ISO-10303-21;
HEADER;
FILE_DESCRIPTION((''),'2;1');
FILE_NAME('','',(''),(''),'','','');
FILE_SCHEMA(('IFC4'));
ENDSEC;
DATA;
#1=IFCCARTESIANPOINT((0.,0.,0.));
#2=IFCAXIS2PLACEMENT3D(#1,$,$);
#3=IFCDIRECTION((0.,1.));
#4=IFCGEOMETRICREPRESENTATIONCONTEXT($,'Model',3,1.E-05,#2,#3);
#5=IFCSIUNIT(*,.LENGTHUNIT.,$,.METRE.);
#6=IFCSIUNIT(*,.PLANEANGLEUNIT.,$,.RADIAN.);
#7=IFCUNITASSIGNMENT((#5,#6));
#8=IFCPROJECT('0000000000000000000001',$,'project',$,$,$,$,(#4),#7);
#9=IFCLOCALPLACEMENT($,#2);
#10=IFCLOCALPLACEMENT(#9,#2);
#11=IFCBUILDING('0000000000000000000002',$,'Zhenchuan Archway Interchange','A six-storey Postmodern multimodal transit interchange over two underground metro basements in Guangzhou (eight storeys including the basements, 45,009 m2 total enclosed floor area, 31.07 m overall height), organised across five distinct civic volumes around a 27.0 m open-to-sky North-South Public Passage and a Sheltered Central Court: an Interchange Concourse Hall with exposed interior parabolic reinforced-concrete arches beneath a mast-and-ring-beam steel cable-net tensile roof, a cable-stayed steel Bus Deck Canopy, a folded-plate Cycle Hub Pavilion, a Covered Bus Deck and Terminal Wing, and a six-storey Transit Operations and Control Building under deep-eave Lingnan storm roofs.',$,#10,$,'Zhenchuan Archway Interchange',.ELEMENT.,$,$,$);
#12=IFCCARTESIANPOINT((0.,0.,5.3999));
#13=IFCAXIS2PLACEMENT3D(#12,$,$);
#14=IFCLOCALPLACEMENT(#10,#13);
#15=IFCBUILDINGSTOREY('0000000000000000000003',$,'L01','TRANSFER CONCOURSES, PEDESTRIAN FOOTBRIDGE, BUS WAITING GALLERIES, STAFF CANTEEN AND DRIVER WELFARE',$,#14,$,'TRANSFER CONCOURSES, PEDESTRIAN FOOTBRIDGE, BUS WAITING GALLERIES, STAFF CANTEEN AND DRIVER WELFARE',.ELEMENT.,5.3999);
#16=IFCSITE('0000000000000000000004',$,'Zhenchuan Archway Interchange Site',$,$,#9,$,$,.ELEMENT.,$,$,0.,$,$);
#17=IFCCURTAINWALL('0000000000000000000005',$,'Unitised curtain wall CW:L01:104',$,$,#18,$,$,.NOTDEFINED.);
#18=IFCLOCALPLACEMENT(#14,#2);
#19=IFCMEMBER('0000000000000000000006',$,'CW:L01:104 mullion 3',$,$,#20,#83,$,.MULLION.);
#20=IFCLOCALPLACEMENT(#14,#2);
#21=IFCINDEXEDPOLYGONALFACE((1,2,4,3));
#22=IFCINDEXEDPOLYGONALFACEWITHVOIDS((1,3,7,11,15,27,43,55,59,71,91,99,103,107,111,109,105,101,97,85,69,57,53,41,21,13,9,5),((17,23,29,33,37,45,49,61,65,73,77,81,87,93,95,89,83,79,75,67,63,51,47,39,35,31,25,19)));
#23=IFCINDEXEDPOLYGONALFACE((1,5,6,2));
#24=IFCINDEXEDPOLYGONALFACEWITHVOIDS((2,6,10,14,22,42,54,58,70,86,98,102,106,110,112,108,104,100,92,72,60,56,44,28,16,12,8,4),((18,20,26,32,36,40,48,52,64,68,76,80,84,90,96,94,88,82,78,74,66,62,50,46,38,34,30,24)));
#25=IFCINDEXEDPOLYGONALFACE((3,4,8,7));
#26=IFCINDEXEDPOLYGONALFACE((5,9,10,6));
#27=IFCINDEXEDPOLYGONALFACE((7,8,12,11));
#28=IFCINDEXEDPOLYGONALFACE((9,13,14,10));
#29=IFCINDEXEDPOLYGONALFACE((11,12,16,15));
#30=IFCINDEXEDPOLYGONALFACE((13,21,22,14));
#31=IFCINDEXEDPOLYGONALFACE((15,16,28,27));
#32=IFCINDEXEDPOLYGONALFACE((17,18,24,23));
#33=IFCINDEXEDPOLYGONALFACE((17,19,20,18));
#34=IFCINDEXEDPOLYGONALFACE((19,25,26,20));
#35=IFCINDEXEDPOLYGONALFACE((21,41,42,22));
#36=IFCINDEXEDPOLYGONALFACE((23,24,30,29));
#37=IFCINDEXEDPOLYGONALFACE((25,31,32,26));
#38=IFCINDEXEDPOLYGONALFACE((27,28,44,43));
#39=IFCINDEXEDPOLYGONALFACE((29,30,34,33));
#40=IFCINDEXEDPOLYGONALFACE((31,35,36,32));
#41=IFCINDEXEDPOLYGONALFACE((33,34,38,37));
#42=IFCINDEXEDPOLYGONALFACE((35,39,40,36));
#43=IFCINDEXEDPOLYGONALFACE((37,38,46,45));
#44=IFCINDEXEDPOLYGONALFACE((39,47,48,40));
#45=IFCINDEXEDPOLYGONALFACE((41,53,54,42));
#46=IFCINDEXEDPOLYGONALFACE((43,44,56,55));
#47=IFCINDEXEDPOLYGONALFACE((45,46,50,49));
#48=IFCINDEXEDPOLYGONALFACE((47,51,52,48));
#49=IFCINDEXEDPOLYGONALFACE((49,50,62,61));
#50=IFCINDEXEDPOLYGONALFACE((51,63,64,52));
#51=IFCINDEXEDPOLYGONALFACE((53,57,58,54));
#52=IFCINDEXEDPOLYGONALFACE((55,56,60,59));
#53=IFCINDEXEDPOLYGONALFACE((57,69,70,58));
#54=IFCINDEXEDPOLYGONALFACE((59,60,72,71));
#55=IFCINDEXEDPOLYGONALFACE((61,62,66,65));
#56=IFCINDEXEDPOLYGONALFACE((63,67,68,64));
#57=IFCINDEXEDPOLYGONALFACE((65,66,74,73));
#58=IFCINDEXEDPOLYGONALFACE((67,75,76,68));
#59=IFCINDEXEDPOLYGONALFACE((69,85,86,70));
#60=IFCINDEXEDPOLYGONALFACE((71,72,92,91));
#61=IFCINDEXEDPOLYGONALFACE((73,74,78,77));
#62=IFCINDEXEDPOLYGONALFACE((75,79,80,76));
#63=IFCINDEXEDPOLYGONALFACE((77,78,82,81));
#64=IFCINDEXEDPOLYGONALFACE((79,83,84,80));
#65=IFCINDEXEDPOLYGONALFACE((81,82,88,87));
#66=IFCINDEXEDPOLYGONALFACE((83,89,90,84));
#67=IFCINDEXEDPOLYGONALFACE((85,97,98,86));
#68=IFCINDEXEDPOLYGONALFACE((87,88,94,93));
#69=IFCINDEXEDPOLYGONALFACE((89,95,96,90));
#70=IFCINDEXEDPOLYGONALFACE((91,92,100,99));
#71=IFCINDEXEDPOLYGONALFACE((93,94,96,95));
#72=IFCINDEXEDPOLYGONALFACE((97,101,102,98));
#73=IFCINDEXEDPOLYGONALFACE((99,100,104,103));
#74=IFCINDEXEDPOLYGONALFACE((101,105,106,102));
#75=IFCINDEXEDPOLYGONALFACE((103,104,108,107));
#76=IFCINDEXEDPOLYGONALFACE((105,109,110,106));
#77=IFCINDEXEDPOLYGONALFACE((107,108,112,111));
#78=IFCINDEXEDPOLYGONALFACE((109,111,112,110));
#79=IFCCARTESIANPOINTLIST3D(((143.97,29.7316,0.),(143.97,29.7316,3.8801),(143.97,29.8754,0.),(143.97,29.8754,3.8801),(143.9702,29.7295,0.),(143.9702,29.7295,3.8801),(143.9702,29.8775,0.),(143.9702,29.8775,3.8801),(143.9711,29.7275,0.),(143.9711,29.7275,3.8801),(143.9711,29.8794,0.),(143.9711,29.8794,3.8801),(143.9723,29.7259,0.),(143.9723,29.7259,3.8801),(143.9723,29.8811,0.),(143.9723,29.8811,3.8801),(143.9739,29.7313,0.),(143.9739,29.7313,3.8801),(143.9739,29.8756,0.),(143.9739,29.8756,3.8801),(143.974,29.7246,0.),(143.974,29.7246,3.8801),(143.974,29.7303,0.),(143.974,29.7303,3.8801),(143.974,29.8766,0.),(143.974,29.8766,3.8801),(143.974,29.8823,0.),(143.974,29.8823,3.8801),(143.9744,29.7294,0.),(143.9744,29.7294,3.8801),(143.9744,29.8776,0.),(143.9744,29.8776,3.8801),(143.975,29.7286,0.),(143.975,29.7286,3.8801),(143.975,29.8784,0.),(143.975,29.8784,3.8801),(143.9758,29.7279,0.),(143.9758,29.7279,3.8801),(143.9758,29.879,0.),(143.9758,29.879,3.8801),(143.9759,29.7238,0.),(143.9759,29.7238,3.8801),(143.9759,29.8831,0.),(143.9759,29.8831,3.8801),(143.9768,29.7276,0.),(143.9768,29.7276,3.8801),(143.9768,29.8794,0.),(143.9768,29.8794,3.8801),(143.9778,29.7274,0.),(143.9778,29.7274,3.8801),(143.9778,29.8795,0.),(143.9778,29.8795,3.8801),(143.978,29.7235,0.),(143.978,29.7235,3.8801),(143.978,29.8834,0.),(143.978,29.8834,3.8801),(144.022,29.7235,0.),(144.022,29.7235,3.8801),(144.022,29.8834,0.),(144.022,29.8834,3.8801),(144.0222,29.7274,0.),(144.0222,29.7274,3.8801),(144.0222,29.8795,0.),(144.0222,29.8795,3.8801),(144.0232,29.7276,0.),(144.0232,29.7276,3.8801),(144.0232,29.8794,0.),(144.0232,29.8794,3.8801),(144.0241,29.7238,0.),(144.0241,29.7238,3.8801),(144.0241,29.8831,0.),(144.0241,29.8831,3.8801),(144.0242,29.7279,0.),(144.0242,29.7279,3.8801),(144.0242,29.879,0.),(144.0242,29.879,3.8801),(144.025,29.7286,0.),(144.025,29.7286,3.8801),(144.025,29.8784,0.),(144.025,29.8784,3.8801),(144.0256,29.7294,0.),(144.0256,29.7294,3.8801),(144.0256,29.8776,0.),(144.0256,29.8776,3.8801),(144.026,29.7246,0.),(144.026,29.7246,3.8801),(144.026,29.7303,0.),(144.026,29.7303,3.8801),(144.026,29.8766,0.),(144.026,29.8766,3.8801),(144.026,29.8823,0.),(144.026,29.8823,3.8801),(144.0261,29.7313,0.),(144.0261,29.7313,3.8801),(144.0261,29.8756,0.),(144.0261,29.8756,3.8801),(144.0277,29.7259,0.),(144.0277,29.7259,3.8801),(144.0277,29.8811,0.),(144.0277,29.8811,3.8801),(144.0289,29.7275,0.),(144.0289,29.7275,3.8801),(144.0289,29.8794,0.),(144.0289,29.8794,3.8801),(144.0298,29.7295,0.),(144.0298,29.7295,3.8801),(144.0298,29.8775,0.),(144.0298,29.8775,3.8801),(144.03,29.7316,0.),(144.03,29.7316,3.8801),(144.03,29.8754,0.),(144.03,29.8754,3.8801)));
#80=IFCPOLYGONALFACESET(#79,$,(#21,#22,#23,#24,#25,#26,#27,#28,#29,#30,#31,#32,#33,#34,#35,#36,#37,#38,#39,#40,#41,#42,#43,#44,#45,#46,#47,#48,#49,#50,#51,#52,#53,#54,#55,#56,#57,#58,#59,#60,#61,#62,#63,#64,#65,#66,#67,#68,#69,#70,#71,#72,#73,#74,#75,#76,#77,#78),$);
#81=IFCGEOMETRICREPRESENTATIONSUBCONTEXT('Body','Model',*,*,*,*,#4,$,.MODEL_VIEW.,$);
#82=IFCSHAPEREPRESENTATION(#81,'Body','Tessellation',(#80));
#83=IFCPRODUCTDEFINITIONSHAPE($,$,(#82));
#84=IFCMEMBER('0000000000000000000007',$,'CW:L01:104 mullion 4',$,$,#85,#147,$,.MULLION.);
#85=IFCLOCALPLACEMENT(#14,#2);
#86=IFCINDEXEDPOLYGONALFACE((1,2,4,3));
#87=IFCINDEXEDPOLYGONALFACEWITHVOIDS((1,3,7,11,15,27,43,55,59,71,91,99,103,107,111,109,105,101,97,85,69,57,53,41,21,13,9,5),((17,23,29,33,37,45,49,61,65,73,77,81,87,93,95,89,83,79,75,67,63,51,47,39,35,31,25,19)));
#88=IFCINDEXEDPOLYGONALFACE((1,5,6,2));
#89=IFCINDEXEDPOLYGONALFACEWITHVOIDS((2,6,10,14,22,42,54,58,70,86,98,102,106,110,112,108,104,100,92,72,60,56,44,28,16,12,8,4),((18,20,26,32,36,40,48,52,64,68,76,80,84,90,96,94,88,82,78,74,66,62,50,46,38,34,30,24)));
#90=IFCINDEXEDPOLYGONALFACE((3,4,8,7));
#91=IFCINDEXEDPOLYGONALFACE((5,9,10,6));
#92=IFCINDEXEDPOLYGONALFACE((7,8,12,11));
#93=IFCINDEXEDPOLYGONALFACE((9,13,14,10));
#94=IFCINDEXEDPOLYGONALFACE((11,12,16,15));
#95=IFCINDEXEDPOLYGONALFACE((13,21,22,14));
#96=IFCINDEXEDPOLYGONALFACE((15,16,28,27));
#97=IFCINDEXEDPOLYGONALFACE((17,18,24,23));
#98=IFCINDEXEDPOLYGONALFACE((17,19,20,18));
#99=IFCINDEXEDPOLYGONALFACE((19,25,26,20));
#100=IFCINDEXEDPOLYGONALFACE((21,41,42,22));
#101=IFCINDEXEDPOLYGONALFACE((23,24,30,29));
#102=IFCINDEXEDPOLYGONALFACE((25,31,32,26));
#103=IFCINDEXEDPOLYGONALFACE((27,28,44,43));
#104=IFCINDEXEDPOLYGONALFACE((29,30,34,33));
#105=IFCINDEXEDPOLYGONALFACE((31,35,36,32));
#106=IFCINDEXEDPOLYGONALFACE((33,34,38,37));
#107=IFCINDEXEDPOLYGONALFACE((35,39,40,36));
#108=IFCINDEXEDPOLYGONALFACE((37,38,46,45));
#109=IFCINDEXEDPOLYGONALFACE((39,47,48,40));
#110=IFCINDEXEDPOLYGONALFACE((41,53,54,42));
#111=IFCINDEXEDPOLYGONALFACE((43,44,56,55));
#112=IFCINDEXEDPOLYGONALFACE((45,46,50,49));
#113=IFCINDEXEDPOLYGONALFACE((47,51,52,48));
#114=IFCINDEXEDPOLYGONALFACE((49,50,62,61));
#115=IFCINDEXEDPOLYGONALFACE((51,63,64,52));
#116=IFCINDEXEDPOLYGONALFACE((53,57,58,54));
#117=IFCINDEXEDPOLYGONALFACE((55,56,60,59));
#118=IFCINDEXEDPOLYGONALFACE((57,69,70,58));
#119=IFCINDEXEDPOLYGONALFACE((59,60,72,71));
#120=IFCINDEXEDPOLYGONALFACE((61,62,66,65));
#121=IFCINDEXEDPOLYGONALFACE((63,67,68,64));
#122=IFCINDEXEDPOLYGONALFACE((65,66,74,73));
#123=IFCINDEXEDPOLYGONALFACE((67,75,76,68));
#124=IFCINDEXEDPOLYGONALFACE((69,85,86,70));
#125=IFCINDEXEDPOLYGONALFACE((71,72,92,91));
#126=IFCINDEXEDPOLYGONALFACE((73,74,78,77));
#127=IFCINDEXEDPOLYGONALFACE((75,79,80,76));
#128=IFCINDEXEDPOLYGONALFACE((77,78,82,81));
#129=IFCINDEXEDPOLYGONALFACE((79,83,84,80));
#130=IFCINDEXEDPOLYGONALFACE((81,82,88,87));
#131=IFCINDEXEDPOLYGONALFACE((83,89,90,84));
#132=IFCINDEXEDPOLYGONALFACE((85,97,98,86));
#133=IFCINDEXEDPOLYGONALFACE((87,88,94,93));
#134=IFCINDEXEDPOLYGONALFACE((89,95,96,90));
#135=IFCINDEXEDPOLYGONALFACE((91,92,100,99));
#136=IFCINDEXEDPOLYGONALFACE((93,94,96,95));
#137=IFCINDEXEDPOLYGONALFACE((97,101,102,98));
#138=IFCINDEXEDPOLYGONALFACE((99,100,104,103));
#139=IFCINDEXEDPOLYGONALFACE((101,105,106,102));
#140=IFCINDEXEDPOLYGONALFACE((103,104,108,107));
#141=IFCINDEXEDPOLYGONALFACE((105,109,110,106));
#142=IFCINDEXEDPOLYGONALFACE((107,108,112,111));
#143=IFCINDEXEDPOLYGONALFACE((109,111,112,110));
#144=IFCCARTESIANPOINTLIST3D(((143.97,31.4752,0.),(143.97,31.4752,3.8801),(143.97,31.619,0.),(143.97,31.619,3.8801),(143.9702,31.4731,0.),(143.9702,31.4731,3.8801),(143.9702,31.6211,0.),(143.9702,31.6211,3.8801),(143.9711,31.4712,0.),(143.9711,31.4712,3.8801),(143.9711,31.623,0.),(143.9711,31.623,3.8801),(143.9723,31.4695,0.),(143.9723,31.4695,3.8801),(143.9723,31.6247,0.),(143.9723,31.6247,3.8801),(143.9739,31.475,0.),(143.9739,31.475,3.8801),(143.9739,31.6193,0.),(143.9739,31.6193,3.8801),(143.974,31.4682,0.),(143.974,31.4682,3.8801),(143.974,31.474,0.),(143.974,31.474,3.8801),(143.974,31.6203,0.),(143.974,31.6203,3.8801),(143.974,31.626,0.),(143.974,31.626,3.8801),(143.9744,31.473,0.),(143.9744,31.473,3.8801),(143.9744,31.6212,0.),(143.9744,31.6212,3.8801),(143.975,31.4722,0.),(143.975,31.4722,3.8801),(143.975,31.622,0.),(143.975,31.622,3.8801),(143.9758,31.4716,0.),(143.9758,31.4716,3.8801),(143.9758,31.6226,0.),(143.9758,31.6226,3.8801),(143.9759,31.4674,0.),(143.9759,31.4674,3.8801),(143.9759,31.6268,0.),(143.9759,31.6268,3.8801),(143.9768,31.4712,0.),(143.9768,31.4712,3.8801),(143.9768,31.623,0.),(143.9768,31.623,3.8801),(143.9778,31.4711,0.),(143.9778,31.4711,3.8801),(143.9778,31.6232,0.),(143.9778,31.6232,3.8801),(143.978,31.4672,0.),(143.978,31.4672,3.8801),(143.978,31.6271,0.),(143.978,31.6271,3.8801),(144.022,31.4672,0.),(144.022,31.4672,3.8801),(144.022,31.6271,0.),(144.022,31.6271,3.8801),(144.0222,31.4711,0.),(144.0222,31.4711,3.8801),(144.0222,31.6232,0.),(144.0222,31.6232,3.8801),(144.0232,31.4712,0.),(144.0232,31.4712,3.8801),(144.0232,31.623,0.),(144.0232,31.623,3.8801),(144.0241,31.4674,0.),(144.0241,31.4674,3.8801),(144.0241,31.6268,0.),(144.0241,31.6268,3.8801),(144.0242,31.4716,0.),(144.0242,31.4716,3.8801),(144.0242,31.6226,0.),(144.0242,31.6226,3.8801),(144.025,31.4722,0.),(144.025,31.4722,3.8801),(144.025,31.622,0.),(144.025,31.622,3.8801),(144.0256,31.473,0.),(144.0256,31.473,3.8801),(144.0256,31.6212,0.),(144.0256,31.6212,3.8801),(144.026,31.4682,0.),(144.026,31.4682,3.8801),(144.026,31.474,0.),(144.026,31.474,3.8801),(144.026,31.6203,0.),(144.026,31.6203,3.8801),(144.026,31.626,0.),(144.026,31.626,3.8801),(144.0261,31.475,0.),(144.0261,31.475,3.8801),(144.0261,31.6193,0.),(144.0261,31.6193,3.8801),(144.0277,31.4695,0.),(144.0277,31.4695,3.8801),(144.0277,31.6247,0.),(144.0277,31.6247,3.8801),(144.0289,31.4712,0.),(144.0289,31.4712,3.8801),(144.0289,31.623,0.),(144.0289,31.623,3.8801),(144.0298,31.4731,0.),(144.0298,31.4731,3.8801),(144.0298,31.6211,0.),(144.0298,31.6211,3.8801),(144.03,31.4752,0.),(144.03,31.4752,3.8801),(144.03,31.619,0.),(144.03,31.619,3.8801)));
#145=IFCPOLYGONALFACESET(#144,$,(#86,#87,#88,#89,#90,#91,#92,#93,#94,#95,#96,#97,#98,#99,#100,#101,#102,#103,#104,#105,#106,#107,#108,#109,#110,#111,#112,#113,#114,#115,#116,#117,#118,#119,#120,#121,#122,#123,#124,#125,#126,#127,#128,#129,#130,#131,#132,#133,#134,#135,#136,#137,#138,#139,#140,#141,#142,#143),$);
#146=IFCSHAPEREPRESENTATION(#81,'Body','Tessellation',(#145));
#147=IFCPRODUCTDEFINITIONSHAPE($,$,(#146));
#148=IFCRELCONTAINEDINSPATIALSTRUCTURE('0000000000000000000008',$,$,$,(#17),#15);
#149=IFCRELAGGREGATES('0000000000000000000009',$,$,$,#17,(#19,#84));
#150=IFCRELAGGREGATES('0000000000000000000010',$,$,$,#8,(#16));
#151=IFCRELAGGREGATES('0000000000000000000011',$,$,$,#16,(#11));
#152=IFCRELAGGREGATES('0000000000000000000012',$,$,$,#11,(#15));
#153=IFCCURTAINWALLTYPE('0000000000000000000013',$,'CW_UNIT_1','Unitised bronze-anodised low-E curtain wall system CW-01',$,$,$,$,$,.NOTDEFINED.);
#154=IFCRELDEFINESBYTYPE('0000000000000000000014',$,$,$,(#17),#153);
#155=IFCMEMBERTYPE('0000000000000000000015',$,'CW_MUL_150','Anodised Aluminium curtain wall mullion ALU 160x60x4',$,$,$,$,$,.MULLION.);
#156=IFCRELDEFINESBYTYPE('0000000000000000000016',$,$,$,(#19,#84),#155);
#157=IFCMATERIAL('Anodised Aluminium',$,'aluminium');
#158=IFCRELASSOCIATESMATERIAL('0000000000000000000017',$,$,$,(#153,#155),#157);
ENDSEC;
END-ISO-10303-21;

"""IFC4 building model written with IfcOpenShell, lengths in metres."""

from ifc_helpers import new_model, si_unit, direction, frame, origin, origin_2d, place, context, subcontext, project, spatial, hollow_rectangle, extrude, material, material_profile, profile_set, type_object, element, aggregate, save


model = new_model("IFC4")

# Units and contexts
model_context = context("Model", 3, precision=1e-05, world=origin(), true_north=direction((0.0, 1.0)))
body_context = subcontext(model_context, "Body", "Model", "MODEL_VIEW")
ifc_project = project(units=[si_unit("LENGTHUNIT", "METRE"), si_unit("PLANEANGLEUNIT", "RADIAN")], contexts=[model_context])

# Site, building, storey
site_placement = place(None, origin())
site = spatial("IfcSite", under=ifc_project, at=site_placement, Name="Zhenchuan Archway Interchange Site", CompositionType="ELEMENT", RefElevation=0.0)
building_placement = place(site_placement, origin())
building = spatial("IfcBuilding", under=site, at=building_placement, Name="Zhenchuan Archway Interchange", Description="A six-storey Postmodern multimodal transit interchange over two underground metro basements in Guangzhou (eight storeys including the basements, 45,009 m2 total enclosed floor area, 31.07 m overall height), organised across five distinct civic volumes around a 27.0 m open-to-sky North-South Public Passage and a Sheltered Central Court: an Interchange Concourse Hall with exposed interior parabolic reinforced-concrete arches beneath a mast-and-ring-beam steel cable-net tensile roof, a cable-stayed steel Bus Deck Canopy, a folded-plate Cycle Hub Pavilion, a Covered Bus Deck and Terminal Wing, and a six-storey Transit Operations and Control Building under deep-eave Lingnan storm roofs.", LongName="Zhenchuan Archway Interchange", CompositionType="ELEMENT")
storey_placement = place(building_placement, frame((0.0, 0.0, 5.3999)))
storey = spatial("IfcBuildingStorey", under=building, at=storey_placement, Name="L01", Description="TRANSFER CONCOURSES, PEDESTRIAN FOOTBRIDGE, BUS WAITING GALLERIES, STAFF CANTEEN AND DRIVER WELFARE", LongName="TRANSFER CONCOURSES, PEDESTRIAN FOOTBRIDGE, BUS WAITING GALLERIES, STAFF CANTEEN AND DRIVER WELFARE", CompositionType="ELEMENT", Elevation=5.3999)

# Curtain wall, members
ifc_material_1 = material(Name="Anodised Aluminium", Category="aluminium")
curtain_wall_type = type_object("IfcCurtainWallType", Name="CW_UNIT_1", Description="Unitised bronze-anodised low-E curtain wall system CW-01", PredefinedType="NOTDEFINED", material=ifc_material_1)
curtain_wall_placement = place(storey_placement, origin())
curtain_wall = element("IfcCurtainWall", 1, at=curtain_wall_placement, inside=storey, type_object=curtain_wall_type, Name="Unitised curtain wall CW:L01:104", PredefinedType="NOTDEFINED")
ifc_material_profile_1 = material_profile(ifc_material_1, hollow_rectangle(XDim=0.0601, YDim=0.1599, WallThickness=0.0039, InnerFilletRadius=0.0039, OuterFilletRadius=0.0081, at=origin_2d()), Name="ALU 160x60x4")
ifc_profile_set_1 = profile_set([ifc_material_profile_1], Name="Anodised Aluminium")
member_type_1 = type_object("IfcMemberType", Name="CW_MUL_150", Description="Anodised Aluminium curtain wall mullion ALU 160x60x4", PredefinedType="MULLION", material=ifc_profile_set_1)
member_1_placement = place(storey_placement, frame((144.0, 29.8035, 0.0), z_axis=(0.0, 0.0, 1.0), x_axis=(1.0, 0.0, 0.0)))
member_1 = element("IfcMember", 2, at=member_1_placement, type_object=member_type_1, Name="CW:L01:104 mullion 3", PredefinedType="MULLION", context=body_context, shape_type="SweptSolid", body=[
    extrude(hollow_rectangle(XDim=0.0601, YDim=0.1599, WallThickness=0.0039, InnerFilletRadius=0.0039, OuterFilletRadius=0.0081, at=origin_2d()), origin(), (0.0, 0.0, 1.0), 3.8801),
])
member_2_placement = place(storey_placement, frame((144.0, 31.5471, 0.0), z_axis=(0.0, 0.0, 1.0), x_axis=(1.0, 0.0, 0.0)))
member_2 = element("IfcMember", 3, at=member_2_placement, type_object=member_type_1, Name="CW:L01:104 mullion 4", PredefinedType="MULLION", context=body_context, shape_type="SweptSolid", body=[
    extrude(hollow_rectangle(XDim=0.0601, YDim=0.1599, WallThickness=0.0039, InnerFilletRadius=0.0039, OuterFilletRadius=0.0081, at=origin_2d()), origin(), (0.0, 0.0, 1.0), 3.8801),
])

aggregate(curtain_wall, [member_1, member_2])

save(model, "model.ifc")
